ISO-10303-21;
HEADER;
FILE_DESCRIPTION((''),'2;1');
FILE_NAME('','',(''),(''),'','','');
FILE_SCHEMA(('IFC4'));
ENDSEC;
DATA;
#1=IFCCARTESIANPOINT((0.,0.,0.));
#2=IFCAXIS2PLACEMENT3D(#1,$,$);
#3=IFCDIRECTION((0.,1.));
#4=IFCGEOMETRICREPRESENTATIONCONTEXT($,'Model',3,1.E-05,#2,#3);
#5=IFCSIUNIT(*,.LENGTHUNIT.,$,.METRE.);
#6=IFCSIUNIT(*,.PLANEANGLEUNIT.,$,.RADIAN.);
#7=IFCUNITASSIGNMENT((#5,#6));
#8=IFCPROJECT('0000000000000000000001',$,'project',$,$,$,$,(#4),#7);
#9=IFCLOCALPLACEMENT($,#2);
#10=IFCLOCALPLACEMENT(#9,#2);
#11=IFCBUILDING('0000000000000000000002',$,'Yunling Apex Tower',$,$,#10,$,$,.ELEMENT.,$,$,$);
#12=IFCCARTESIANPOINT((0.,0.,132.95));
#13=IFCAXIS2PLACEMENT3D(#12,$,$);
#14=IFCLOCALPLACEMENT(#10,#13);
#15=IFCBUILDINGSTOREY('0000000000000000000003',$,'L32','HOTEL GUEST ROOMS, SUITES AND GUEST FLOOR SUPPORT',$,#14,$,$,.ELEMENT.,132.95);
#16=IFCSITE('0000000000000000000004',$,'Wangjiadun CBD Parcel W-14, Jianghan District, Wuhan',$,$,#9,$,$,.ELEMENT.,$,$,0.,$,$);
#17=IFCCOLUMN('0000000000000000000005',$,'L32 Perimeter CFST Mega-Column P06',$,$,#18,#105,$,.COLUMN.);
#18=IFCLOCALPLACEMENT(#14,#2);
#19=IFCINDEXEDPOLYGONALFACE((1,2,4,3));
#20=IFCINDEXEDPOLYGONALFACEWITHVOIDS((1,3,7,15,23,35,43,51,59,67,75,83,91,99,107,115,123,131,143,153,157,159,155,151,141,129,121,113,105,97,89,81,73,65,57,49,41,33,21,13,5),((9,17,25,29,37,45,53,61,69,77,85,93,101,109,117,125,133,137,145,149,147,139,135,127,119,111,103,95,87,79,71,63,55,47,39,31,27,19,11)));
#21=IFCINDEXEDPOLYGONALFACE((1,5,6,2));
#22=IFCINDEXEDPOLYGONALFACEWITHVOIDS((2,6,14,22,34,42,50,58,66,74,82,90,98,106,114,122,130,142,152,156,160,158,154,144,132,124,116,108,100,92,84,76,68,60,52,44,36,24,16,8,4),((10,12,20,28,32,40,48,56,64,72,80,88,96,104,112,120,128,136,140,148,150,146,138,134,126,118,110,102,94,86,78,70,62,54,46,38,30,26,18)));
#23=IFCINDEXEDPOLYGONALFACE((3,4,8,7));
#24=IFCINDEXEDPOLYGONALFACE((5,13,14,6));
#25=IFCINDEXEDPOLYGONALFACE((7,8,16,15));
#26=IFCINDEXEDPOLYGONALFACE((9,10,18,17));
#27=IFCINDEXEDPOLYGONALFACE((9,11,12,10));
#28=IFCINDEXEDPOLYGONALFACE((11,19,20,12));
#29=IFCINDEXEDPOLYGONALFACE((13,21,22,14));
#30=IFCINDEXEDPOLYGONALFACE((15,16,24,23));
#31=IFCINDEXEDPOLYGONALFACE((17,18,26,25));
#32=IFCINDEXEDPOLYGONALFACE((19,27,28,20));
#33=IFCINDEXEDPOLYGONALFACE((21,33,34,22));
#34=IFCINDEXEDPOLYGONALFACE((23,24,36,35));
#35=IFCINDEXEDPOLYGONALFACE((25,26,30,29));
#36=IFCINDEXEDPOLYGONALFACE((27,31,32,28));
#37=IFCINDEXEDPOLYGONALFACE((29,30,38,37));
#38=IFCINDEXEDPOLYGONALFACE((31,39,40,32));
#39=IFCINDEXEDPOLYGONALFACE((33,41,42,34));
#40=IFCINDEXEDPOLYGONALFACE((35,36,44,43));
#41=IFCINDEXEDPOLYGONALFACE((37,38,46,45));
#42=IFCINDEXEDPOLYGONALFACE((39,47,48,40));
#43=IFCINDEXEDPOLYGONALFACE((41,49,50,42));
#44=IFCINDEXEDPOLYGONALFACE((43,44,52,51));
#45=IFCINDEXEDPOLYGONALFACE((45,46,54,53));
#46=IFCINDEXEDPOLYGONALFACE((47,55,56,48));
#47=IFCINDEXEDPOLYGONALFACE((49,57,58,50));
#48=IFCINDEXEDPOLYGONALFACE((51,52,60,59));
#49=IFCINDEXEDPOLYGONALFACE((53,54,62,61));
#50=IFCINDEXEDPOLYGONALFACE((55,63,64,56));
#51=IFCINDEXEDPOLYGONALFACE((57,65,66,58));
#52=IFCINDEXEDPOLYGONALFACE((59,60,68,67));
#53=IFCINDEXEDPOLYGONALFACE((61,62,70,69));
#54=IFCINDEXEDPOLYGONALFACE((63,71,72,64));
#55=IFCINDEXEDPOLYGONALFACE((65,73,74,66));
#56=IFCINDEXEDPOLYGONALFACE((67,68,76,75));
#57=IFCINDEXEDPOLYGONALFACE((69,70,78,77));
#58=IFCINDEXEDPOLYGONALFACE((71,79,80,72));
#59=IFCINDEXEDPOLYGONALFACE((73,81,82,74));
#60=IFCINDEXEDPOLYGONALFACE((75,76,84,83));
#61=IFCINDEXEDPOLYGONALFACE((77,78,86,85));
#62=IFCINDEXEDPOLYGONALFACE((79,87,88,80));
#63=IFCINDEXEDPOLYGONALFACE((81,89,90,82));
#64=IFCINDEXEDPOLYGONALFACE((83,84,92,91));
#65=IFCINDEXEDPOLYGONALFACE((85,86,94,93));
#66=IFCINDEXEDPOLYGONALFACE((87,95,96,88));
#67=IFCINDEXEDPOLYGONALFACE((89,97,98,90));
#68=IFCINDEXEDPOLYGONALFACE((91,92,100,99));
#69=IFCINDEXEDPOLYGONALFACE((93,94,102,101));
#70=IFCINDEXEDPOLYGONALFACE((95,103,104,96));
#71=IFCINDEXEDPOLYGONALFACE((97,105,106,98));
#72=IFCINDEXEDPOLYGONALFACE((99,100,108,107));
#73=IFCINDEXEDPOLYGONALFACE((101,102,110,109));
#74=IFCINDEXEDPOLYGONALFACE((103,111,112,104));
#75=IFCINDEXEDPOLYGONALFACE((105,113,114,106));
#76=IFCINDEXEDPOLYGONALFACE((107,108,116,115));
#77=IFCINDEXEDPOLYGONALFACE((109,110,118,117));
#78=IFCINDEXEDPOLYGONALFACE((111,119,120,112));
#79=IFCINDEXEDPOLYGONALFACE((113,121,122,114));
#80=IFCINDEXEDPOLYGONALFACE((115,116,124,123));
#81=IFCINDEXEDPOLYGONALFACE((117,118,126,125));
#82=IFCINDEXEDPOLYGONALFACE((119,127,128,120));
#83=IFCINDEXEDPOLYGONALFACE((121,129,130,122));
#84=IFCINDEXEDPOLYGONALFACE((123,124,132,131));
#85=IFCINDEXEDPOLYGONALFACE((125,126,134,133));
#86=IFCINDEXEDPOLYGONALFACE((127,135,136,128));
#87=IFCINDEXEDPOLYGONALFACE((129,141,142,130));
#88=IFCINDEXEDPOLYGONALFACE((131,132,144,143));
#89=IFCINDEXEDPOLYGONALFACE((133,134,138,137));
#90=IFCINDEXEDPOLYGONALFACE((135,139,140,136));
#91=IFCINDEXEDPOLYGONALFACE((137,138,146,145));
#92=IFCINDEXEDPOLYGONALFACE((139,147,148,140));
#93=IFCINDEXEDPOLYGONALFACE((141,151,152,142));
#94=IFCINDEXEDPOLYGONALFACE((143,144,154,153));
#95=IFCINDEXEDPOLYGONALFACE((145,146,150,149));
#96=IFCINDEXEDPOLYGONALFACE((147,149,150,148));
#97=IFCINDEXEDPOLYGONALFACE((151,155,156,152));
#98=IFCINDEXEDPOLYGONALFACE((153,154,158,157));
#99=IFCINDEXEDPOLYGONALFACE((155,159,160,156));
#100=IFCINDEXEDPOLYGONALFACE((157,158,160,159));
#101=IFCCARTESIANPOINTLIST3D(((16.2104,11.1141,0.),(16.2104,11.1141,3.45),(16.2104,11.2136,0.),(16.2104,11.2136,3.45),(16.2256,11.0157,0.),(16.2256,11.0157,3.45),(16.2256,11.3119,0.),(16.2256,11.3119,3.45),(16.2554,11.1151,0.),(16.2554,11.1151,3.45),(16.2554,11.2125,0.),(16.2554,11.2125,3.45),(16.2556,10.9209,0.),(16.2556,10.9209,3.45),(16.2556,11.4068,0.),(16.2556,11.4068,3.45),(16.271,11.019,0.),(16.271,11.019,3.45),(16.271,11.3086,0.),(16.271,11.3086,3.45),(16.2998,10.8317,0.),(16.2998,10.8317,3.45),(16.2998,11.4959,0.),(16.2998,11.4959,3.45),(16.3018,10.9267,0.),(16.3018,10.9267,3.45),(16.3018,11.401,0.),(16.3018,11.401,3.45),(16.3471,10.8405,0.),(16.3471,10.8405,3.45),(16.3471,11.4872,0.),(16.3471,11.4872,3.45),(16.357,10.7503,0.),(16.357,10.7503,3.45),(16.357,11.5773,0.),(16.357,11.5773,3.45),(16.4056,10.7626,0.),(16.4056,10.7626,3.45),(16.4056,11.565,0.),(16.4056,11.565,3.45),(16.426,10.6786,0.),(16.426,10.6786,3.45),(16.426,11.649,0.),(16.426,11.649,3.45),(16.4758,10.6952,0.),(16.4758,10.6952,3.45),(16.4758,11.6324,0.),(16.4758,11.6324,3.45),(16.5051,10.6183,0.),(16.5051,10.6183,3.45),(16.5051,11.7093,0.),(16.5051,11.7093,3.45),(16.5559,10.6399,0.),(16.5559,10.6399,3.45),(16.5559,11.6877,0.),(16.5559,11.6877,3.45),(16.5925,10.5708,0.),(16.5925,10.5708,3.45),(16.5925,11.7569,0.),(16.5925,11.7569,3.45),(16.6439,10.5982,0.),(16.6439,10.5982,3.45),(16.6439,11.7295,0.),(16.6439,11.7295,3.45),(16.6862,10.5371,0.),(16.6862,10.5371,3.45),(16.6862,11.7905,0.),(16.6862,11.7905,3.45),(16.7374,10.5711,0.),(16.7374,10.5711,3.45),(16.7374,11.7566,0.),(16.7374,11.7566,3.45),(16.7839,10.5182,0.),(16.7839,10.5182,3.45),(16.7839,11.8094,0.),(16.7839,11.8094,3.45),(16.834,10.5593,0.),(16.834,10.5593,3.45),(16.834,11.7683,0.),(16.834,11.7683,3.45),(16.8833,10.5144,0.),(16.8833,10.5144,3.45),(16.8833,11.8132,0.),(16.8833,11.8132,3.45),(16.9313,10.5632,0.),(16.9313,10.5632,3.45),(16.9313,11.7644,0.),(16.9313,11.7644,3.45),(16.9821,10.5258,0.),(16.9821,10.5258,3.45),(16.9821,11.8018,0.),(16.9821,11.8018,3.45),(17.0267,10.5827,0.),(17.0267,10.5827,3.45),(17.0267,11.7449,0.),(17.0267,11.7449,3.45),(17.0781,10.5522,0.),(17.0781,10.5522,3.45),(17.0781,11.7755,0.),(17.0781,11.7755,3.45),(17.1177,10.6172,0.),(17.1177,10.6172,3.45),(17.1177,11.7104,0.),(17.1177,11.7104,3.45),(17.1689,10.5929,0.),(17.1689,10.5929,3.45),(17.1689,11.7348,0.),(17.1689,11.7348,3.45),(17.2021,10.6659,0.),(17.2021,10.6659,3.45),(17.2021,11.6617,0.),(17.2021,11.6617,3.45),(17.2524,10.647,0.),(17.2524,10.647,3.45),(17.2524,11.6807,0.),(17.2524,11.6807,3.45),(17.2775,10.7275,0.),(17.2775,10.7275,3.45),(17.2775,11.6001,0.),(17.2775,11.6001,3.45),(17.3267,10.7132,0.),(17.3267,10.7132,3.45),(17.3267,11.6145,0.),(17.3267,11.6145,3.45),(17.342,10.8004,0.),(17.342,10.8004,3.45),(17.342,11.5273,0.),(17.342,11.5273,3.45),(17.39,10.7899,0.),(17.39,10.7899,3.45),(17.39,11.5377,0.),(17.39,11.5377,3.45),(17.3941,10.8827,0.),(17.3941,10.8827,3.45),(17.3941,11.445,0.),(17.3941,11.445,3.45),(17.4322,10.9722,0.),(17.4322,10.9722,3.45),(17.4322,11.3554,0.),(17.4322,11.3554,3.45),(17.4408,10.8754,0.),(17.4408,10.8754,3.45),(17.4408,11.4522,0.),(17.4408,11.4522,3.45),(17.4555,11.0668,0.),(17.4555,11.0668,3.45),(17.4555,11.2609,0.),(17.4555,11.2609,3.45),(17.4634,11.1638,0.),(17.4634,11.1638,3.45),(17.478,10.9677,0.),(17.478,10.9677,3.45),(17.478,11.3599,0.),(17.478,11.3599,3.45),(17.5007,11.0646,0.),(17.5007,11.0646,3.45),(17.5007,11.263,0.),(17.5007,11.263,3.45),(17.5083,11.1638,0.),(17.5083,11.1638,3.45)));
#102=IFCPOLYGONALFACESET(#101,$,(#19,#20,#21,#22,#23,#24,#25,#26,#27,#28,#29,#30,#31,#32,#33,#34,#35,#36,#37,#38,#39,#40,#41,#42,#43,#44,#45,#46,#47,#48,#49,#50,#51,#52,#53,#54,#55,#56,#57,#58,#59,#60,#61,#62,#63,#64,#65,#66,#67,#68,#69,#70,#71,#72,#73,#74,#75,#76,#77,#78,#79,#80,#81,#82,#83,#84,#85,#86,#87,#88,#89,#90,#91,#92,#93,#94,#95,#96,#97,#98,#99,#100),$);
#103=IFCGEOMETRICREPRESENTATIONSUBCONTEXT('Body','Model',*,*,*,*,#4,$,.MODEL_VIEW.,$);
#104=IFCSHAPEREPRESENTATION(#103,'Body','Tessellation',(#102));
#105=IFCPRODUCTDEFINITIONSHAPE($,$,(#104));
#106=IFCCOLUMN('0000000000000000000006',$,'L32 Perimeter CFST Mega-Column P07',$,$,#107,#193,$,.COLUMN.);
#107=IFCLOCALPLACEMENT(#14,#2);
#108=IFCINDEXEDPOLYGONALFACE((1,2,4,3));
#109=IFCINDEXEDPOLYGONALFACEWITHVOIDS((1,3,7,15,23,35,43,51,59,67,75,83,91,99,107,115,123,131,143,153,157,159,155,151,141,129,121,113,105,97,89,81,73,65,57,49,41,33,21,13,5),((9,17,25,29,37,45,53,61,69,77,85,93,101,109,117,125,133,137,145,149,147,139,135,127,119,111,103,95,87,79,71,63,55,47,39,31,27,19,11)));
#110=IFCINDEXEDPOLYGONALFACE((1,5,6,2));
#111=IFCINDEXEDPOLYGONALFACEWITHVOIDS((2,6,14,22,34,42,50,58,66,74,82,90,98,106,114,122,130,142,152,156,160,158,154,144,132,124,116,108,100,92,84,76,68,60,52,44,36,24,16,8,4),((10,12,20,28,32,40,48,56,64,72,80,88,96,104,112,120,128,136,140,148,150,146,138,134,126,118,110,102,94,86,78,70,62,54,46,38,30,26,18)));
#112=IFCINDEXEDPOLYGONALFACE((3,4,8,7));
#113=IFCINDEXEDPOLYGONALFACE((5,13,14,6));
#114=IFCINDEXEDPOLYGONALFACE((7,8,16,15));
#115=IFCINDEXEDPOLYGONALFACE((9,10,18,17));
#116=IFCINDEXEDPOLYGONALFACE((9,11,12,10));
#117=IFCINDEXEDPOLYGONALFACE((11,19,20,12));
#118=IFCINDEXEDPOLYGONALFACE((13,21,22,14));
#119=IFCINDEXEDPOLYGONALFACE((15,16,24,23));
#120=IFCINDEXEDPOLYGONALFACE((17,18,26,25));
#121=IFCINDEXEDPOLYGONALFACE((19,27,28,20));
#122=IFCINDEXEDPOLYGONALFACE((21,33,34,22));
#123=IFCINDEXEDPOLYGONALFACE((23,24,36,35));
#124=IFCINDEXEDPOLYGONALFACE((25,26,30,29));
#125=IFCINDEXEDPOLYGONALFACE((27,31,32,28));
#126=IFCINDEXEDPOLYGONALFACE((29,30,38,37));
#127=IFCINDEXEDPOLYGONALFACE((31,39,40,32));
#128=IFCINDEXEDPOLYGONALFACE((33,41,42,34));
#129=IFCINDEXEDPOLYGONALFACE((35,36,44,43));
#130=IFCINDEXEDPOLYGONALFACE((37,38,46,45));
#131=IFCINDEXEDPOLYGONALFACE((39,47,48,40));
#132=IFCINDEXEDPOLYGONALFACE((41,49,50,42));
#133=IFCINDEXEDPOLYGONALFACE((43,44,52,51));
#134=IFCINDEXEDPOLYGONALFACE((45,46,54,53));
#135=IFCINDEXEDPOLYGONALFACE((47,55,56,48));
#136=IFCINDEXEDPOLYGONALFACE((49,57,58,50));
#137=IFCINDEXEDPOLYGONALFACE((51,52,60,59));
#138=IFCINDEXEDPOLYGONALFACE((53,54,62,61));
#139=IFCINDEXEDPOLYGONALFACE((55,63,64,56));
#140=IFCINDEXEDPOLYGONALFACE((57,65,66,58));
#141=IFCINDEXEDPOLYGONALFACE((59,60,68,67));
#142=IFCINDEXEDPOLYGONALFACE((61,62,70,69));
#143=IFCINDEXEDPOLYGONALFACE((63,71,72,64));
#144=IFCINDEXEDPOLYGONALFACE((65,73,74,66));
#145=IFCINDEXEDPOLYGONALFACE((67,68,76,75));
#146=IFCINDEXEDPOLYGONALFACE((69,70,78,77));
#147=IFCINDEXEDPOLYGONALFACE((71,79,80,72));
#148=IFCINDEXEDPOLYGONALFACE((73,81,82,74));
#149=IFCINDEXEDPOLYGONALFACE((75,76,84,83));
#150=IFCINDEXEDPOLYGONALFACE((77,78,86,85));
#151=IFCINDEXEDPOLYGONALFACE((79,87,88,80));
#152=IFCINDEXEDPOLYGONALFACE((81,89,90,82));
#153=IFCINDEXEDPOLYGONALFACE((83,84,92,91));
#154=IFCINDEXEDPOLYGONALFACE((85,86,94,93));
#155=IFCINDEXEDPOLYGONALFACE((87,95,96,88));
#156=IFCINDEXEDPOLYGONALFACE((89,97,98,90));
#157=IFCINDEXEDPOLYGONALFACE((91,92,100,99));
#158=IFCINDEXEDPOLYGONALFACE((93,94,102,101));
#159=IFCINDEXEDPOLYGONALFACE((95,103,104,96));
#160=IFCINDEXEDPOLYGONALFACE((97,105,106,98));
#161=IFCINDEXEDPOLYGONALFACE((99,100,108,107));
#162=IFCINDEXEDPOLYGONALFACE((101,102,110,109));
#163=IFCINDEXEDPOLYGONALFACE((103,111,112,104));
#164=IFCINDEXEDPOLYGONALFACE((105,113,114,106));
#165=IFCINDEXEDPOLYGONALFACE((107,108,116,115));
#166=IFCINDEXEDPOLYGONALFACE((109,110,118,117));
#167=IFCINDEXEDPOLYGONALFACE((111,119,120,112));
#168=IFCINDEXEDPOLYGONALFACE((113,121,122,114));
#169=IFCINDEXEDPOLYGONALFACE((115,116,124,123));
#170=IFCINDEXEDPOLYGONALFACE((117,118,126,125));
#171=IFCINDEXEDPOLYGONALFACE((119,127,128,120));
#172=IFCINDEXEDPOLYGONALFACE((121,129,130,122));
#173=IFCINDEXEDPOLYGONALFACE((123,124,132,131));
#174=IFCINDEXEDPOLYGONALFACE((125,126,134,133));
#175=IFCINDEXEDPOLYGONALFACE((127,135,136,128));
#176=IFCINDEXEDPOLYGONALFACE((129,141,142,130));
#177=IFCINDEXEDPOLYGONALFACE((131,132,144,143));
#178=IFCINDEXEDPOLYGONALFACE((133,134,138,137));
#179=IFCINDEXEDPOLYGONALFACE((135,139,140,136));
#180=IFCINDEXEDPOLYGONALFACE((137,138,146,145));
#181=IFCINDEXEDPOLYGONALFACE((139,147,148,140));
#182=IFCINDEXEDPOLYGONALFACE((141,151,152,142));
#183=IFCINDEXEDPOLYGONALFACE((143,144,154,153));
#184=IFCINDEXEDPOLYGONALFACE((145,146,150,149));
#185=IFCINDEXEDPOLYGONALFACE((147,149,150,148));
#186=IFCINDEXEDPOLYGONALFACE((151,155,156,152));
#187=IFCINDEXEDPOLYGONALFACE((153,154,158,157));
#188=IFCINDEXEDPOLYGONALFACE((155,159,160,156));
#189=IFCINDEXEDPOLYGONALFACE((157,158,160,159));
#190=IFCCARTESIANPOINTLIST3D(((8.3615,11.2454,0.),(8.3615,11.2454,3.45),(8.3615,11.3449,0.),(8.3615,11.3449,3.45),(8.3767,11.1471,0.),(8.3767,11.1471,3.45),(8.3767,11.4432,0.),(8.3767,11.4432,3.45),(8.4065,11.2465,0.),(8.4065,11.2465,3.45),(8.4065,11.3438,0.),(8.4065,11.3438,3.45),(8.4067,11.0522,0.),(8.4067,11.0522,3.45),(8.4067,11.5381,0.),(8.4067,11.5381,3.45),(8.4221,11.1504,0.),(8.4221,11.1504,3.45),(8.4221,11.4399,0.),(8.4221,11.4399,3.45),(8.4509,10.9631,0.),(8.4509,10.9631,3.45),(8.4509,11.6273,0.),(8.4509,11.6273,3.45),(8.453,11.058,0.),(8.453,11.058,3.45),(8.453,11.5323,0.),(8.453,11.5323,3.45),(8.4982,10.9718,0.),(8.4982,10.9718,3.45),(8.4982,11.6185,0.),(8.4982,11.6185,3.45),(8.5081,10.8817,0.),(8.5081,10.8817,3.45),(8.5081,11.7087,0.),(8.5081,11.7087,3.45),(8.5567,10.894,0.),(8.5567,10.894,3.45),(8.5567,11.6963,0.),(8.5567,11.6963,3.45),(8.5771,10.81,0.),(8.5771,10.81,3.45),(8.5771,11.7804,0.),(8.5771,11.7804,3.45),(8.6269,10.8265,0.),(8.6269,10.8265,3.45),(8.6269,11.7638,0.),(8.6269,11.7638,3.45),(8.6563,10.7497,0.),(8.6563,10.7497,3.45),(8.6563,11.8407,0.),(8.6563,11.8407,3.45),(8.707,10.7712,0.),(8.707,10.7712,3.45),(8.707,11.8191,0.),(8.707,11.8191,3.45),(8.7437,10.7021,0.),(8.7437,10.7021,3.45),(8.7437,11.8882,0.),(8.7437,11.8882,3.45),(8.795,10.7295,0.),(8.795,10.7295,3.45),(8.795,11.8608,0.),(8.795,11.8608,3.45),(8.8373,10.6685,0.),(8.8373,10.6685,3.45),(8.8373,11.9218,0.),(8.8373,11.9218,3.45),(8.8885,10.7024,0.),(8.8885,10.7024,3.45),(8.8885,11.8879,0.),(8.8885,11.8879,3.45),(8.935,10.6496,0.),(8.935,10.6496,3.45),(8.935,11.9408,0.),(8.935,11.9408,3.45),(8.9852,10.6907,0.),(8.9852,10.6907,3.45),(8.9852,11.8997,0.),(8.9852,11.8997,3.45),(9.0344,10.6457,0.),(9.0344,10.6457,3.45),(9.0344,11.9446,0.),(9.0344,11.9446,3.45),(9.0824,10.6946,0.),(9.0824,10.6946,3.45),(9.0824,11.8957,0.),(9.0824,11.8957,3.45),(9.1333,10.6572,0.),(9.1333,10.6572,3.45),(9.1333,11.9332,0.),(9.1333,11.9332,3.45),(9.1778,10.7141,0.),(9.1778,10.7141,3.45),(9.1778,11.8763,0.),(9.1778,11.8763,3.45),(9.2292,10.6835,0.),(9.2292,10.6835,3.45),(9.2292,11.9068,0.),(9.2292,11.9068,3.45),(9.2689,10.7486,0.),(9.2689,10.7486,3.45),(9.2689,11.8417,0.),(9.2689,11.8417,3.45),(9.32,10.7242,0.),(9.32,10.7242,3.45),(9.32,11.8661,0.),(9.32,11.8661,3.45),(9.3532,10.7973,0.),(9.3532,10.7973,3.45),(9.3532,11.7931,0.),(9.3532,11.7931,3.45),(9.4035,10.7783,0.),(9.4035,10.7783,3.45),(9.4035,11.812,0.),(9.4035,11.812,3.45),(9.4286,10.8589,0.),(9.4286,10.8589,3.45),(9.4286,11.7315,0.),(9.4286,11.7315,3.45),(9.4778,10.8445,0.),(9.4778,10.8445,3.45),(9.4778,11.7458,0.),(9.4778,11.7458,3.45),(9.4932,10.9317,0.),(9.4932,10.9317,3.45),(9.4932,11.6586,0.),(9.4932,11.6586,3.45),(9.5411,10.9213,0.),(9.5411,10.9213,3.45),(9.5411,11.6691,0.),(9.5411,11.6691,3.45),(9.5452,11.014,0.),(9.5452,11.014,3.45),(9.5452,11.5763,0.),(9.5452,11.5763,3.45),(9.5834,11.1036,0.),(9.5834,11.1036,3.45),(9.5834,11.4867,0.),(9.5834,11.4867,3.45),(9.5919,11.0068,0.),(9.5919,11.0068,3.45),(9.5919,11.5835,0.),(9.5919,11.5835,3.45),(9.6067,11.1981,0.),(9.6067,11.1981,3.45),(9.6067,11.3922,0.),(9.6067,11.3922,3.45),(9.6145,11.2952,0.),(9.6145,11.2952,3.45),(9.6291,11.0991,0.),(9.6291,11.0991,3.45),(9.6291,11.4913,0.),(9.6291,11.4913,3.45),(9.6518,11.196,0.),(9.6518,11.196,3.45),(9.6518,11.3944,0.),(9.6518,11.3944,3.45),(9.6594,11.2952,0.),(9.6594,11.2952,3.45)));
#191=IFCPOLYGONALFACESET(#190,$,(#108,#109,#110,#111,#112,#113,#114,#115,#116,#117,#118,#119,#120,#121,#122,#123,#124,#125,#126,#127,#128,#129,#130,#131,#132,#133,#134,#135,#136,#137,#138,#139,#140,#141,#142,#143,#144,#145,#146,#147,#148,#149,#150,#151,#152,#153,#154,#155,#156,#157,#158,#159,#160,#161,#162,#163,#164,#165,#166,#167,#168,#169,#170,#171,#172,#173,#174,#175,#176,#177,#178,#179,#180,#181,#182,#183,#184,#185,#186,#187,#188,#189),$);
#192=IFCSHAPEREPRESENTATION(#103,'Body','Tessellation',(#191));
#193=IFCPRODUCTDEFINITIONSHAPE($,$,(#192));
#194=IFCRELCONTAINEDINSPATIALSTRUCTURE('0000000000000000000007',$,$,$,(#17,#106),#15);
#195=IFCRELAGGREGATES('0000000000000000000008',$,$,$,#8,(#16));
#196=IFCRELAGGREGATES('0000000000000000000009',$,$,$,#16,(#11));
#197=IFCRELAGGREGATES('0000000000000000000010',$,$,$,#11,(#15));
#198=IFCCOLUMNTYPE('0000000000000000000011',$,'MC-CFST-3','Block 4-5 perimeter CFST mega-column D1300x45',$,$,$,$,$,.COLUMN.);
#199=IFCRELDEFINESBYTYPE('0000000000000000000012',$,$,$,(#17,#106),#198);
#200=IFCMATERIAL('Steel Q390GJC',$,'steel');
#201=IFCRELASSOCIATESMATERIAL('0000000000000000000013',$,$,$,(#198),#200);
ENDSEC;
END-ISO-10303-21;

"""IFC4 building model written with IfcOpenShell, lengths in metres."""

from ifc_helpers import new_model, si_unit, direction, frame, origin, origin_2d, place, context, subcontext, project, spatial, hollow_circle, extrude, source, transform, mapped, material, material_profile, profile_set, type_object, element, save


model = new_model("IFC4")

# Units and contexts
model_context = context("Model", 3, precision=1e-05, world=origin(), true_north=direction((0.0, 1.0)))
body_context = subcontext(model_context, "Body", "Model", "MODEL_VIEW")
ifc_project = project(units=[si_unit("LENGTHUNIT", "METRE"), si_unit("PLANEANGLEUNIT", "RADIAN")], contexts=[model_context])

# Site, building, storey
site_placement = place(None, origin())
site = spatial("IfcSite", under=ifc_project, at=site_placement, Name="Wangjiadun CBD Parcel W-14, Jianghan District, Wuhan", CompositionType="ELEMENT", RefElevation=0.0)
building_placement = place(site_placement, origin())
building = spatial("IfcBuilding", under=site, at=building_placement, Name="Yunling Apex Tower", CompositionType="ELEMENT")
storey_placement = place(building_placement, frame((0.0, 0.0, 132.95)))
storey = spatial("IfcBuildingStorey", under=building, at=storey_placement, Name="L32", Description="HOTEL GUEST ROOMS, SUITES AND GUEST FLOOR SUPPORT", CompositionType="ELEMENT", Elevation=132.95)

# Columns
ifc_material_1 = material(Name="Steel Q390GJC", Category="steel")
ifc_material_profile_1 = material_profile(ifc_material_1, hollow_circle(Radius=0.6499, WallThickness=0.0449, at=origin_2d()))
ifc_profile_set_1 = profile_set([ifc_material_profile_1], Name="Steel Q390GJC")
column_type = type_object("IfcColumnType", Name="MC-CFST-3", Description="Block 4-5 perimeter CFST mega-column D1300x45", PredefinedType="COLUMN", material=ifc_profile_set_1)
shared_shape_1 = source(origin(), body_context, "Body", "SweptSolid", [
    extrude(hollow_circle(Radius=0.6499, WallThickness=0.0449, at=origin_2d()), origin(), (0.0, 0.0, 1.0), 3.45),
])
for number, where, z_axis, x_axis, name in (
    (1, (16.8584, 11.1638, 0.0), (0.0, 0.0, 1.0), (1.0, 0.0, 0.0), "L32 Perimeter CFST Mega-Column P06"),
    (2, (9.0095, 11.2952, 0.0), (0.0, 0.0, 1.0), (1.0, 0.0, 0.0), "L32 Perimeter CFST Mega-Column P07"),
):
    element("IfcColumn", number, at=place(storey_placement, frame(where, z_axis=z_axis, x_axis=x_axis)), inside=storey, type_object=column_type, Name=name, PredefinedType="COLUMN", context=body_context, shape_type="MappedRepresentation", body=[
        mapped(shared_shape_1, transform((0.0, 0.0, 0.0), scale=1.0)),
    ])

save(model, "model.ifc")
